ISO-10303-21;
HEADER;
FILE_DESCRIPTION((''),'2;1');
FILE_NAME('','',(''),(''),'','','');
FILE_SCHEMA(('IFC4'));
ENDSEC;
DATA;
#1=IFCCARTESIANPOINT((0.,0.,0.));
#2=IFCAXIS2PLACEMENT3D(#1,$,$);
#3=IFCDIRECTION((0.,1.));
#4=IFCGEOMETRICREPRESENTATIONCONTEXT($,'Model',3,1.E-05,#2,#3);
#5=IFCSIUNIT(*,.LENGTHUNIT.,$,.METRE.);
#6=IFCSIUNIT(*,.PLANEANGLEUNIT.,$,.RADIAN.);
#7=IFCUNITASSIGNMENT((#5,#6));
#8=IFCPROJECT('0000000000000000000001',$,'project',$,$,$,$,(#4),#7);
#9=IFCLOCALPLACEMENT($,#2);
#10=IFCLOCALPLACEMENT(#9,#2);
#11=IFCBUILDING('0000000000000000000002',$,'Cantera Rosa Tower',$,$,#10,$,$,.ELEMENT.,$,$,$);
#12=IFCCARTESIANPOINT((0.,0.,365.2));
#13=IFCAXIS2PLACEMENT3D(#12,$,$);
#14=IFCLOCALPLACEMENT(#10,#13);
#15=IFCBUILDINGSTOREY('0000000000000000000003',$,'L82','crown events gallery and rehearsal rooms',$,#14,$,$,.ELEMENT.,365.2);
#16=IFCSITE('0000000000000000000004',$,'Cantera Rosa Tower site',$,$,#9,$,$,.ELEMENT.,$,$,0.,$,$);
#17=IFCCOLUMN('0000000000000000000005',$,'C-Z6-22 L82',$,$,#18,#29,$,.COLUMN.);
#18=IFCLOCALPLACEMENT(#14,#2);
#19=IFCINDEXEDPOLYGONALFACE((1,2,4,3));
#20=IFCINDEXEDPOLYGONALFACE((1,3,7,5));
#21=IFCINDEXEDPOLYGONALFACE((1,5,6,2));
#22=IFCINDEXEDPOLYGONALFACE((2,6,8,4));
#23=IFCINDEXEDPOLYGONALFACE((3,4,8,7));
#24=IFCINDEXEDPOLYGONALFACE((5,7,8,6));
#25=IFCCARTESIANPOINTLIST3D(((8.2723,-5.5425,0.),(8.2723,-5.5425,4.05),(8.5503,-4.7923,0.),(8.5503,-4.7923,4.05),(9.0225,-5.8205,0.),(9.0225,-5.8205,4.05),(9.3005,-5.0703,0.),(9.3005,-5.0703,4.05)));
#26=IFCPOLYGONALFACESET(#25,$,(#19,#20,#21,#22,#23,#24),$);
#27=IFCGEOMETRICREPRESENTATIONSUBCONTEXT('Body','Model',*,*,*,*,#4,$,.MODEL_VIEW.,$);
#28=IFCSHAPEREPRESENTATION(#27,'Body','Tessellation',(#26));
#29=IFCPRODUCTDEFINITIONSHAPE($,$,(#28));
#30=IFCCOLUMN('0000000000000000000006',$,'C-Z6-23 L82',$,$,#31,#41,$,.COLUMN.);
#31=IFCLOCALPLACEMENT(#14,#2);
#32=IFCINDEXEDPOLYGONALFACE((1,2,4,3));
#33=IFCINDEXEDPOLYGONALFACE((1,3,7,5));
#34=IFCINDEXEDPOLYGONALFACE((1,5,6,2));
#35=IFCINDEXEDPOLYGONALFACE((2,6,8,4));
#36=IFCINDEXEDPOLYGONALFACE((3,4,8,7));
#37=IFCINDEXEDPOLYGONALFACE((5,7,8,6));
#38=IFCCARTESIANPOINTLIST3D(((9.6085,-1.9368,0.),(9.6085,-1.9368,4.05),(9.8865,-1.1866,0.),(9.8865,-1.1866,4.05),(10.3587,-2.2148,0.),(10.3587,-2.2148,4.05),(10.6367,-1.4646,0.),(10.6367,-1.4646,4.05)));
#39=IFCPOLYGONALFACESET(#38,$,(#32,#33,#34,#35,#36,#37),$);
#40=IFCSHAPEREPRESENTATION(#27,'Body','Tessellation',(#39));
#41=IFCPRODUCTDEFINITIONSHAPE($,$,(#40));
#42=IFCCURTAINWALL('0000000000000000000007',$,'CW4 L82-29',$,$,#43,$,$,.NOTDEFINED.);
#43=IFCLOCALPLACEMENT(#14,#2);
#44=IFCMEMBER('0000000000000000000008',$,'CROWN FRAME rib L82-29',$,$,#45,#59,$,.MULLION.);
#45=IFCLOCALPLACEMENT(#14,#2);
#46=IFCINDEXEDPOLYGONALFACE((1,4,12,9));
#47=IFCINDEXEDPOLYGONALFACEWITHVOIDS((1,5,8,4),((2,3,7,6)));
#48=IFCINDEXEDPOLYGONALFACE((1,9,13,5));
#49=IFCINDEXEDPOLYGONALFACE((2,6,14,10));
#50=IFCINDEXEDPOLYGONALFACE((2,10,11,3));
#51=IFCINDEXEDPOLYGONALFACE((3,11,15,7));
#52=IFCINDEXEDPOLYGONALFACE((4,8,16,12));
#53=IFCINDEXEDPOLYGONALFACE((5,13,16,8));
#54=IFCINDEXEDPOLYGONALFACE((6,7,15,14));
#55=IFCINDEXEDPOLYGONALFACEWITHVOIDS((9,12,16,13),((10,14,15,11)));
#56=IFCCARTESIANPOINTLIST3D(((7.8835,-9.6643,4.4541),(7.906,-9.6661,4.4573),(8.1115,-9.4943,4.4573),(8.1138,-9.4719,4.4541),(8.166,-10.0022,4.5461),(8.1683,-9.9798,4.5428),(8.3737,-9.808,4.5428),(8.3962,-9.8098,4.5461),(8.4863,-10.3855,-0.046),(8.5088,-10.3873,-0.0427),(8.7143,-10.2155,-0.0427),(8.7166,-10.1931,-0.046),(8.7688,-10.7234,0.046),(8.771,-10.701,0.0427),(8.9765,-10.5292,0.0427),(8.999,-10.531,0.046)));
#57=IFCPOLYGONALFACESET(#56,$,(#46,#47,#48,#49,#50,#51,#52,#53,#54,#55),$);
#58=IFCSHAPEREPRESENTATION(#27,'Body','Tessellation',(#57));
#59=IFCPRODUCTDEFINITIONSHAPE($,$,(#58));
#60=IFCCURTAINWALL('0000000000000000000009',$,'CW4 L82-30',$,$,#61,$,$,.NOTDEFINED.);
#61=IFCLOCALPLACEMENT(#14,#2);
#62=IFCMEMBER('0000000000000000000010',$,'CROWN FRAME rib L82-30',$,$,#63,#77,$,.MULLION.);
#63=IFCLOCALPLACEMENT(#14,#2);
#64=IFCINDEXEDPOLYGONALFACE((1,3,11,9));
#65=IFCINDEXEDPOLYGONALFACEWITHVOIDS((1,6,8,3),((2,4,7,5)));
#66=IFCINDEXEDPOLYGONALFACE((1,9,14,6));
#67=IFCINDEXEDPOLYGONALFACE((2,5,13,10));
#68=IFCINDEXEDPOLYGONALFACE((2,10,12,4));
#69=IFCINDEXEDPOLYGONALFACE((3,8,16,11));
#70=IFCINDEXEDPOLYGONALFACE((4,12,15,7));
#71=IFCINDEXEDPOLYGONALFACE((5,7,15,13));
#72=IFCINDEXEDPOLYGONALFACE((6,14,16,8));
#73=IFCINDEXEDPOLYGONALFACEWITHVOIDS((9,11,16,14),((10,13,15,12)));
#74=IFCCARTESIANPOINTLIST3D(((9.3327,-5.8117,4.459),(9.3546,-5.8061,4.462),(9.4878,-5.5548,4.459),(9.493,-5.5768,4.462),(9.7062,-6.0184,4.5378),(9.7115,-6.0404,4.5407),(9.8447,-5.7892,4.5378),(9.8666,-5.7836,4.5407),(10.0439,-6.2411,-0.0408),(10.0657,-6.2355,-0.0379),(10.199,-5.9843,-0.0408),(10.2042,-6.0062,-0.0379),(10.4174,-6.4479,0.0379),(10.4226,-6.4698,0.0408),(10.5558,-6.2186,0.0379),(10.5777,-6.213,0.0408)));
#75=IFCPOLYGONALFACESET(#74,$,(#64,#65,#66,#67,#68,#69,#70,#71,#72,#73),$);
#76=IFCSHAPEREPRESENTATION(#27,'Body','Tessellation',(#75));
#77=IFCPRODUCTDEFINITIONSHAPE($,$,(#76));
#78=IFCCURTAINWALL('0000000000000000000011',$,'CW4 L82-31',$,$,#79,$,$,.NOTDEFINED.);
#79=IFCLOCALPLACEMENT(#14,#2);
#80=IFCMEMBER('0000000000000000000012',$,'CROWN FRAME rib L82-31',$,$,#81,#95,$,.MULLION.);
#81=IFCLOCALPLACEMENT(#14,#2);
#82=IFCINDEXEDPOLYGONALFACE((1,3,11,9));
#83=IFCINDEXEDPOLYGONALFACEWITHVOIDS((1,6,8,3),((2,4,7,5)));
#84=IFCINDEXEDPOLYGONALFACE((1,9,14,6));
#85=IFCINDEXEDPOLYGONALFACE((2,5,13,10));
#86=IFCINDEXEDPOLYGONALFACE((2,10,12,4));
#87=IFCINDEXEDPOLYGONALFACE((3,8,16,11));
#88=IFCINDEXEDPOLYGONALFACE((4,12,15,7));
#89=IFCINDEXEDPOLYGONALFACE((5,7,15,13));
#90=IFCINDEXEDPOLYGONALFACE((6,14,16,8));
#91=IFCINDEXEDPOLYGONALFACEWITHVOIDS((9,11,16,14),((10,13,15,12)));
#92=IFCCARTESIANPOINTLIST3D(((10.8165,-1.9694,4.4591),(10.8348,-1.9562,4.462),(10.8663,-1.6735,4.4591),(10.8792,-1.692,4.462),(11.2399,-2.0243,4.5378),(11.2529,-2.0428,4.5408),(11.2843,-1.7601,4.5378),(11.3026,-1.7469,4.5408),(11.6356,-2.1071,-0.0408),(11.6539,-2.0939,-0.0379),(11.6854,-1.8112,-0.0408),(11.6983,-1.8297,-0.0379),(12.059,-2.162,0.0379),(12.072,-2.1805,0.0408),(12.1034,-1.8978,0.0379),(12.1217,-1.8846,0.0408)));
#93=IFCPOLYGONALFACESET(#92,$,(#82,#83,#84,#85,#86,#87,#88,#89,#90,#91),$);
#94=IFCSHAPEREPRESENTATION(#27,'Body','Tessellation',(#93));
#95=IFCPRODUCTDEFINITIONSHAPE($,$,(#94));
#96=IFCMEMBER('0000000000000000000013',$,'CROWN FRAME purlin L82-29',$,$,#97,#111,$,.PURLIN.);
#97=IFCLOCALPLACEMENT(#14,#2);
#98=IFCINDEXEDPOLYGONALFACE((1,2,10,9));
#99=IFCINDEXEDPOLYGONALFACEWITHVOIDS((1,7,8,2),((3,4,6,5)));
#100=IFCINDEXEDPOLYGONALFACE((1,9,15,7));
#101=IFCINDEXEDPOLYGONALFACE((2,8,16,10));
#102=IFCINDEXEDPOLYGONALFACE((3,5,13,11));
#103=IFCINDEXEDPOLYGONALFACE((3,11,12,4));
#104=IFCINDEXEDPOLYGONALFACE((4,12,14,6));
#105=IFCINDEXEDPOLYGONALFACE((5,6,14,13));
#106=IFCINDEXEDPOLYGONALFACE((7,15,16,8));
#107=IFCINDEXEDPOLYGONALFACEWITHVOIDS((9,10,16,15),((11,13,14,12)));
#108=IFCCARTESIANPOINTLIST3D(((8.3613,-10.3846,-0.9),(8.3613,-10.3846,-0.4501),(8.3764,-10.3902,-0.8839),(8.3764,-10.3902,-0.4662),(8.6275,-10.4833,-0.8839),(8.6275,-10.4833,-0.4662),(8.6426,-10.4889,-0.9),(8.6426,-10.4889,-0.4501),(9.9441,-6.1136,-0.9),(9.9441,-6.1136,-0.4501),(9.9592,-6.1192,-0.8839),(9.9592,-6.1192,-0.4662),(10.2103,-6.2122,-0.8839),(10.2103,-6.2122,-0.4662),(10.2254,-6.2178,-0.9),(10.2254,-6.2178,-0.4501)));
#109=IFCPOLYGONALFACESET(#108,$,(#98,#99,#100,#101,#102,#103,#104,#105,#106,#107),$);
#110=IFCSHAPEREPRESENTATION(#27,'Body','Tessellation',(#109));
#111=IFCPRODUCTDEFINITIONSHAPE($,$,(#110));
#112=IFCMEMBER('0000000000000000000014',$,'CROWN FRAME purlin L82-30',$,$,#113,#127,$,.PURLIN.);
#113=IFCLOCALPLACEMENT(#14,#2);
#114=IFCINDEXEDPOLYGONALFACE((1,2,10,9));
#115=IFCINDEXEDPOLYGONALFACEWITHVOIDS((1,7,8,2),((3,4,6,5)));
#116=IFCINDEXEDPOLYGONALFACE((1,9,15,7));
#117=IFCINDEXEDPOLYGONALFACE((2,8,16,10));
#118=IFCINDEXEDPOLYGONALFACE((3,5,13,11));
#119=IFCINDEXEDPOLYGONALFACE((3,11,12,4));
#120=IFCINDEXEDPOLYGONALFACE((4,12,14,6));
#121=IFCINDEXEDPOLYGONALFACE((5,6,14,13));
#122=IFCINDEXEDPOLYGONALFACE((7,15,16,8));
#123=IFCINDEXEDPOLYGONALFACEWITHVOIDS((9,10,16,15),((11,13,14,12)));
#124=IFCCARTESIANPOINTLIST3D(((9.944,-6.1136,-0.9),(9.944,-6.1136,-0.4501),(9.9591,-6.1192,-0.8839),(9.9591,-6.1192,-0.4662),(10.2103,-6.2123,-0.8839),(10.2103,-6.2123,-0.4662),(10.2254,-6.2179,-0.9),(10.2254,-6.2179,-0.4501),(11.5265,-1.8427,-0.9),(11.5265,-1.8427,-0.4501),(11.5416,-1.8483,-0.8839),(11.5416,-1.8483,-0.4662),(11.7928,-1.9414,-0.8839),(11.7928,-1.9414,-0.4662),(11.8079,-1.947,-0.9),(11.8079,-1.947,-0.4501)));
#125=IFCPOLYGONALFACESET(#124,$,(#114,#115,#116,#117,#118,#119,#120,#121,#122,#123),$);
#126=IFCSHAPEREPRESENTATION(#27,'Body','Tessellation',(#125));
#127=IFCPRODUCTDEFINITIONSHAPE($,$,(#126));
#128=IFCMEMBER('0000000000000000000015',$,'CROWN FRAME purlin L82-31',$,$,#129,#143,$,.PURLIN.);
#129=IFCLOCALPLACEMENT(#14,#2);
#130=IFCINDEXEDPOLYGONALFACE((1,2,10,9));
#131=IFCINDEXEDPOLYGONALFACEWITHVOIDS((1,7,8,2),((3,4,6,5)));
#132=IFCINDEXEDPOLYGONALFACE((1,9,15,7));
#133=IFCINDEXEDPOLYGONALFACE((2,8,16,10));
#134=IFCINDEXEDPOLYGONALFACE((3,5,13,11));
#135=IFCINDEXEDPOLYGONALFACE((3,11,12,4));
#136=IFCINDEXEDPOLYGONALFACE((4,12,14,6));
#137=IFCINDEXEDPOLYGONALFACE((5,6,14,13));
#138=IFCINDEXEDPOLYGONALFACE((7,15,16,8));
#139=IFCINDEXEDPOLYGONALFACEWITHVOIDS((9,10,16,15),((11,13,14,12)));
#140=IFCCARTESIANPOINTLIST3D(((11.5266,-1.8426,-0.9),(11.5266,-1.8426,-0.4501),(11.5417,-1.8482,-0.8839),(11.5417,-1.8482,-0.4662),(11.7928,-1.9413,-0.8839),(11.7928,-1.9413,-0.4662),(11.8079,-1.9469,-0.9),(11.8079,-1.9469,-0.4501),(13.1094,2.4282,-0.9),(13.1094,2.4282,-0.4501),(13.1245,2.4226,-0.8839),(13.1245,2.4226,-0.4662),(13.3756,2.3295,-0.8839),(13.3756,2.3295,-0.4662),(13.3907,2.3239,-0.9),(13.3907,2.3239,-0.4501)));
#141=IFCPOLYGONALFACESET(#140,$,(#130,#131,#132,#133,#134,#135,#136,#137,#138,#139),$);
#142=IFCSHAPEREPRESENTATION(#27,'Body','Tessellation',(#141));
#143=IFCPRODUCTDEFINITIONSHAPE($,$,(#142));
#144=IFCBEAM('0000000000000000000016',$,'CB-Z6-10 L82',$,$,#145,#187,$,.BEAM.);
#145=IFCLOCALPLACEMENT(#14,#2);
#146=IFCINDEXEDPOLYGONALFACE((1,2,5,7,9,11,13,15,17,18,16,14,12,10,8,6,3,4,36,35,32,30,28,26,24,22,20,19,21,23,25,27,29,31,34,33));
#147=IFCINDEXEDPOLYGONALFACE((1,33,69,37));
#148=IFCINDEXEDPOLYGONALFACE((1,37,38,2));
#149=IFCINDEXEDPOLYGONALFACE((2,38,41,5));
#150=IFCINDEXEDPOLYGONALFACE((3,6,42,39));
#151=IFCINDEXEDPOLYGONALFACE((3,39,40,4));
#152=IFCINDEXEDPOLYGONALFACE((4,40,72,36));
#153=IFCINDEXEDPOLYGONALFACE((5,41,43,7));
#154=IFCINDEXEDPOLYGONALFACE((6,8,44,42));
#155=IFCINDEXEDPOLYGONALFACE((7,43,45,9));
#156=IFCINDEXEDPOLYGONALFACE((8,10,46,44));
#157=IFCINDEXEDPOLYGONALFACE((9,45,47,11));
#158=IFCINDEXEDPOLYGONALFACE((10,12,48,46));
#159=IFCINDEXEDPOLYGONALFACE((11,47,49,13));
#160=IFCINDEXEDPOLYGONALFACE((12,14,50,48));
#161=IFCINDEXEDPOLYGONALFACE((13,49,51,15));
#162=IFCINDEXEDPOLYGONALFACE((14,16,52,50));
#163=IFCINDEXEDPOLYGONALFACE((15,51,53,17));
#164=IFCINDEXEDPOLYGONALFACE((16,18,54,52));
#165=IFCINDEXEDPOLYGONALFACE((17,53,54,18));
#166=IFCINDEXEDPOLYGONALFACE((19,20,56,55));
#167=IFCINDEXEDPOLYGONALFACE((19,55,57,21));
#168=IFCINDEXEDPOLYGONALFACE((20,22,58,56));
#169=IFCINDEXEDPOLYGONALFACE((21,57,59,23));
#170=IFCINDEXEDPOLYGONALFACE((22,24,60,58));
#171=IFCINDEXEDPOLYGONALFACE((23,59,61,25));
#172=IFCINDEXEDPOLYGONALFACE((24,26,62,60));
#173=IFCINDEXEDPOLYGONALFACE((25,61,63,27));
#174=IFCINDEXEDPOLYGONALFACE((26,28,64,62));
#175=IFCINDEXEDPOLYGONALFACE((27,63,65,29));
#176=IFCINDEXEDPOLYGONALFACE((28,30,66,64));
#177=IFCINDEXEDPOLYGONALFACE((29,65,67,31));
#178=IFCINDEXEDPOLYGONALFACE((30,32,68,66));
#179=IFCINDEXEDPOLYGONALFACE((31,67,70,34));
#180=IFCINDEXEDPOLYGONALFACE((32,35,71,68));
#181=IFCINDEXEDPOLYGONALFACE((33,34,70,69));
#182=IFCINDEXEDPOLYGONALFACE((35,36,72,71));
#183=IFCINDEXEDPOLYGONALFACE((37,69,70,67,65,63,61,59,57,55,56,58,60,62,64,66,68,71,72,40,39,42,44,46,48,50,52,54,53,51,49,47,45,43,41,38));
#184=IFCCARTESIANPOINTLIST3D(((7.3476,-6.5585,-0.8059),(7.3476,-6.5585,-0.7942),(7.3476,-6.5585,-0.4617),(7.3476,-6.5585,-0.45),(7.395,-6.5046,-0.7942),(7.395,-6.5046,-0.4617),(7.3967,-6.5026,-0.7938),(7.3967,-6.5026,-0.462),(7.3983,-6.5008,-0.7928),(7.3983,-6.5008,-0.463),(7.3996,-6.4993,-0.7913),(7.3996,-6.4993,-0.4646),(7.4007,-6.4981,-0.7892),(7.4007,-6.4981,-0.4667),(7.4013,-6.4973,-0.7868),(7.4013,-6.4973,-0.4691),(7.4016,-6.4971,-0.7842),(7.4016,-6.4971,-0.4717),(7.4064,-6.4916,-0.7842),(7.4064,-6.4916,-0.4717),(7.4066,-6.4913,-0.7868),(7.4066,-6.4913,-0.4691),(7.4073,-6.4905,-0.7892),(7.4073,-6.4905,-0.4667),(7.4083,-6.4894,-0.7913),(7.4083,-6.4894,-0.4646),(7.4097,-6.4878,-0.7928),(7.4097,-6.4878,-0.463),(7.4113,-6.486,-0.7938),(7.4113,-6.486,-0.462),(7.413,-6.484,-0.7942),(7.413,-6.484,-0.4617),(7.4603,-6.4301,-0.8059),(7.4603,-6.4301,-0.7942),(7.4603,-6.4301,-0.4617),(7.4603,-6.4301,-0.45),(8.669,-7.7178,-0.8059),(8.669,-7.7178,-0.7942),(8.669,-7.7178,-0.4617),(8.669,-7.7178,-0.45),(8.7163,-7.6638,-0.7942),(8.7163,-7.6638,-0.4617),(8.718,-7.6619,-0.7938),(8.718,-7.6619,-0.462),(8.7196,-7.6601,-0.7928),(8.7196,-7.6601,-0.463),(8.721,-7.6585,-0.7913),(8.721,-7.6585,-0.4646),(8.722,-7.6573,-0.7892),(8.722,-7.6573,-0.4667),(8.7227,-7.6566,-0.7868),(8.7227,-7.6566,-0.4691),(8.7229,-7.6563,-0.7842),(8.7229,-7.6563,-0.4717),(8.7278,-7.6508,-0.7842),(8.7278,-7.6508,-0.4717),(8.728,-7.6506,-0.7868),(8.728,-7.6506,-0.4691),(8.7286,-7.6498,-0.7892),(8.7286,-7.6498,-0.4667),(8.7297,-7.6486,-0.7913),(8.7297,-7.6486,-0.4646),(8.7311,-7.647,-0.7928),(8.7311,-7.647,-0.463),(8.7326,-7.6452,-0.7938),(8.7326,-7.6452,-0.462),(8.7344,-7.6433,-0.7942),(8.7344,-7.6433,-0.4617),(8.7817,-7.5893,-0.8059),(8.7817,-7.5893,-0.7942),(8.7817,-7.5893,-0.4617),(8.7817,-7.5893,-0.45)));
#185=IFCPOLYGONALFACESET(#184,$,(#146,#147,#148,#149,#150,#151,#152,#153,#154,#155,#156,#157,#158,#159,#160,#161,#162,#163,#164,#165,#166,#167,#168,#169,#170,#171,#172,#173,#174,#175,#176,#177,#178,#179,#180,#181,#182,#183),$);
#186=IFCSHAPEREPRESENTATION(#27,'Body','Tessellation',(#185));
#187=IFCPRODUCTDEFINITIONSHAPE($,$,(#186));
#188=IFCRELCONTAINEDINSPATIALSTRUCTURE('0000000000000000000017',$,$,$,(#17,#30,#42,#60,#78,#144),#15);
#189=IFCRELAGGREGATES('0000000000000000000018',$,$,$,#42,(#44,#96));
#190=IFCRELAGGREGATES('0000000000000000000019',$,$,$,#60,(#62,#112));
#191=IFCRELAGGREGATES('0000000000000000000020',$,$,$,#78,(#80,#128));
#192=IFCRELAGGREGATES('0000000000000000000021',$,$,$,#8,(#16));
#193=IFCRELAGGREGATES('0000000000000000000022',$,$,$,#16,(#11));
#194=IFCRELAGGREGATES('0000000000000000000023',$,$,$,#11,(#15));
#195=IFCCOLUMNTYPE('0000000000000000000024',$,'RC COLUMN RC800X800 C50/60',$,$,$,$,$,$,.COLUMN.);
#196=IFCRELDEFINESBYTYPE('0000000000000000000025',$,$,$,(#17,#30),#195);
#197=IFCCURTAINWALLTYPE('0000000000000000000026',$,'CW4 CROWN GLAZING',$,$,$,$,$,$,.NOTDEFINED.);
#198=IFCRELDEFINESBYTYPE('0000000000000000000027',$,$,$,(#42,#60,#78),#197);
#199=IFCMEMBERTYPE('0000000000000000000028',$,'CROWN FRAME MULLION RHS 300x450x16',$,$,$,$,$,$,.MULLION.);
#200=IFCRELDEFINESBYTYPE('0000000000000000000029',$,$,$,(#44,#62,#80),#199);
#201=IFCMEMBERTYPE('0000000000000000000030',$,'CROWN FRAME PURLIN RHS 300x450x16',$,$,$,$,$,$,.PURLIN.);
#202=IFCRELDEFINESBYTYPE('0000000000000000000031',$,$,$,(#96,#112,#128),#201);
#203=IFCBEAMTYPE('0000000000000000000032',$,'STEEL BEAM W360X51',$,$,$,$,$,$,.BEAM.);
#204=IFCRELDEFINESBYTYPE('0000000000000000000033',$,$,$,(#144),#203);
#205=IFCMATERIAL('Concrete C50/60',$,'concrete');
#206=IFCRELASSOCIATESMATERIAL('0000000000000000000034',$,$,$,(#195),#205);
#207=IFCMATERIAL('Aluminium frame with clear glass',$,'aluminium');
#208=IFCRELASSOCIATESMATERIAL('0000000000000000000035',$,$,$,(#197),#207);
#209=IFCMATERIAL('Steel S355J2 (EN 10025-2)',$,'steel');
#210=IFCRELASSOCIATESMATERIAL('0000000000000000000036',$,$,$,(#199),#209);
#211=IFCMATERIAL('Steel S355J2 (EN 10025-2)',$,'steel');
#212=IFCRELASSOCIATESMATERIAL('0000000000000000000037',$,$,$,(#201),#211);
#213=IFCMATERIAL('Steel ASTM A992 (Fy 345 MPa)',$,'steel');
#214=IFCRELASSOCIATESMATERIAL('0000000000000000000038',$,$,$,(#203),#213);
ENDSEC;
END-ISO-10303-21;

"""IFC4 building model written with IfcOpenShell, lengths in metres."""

from ifc_helpers import new_model, si_unit, direction, frame, origin, origin_2d, place, context, subcontext, project, spatial, rectangle, hollow_rectangle, i_section, extrude, material, material_profile, profile_set, type_object, element, aggregate, save


model = new_model("IFC4")

# Units and contexts
model_context = context("Model", 3, precision=1e-05, world=origin(), true_north=direction((0.0, 1.0)))
body_context = subcontext(model_context, "Body", "Model", "MODEL_VIEW")
ifc_project = project(units=[si_unit("LENGTHUNIT", "METRE"), si_unit("PLANEANGLEUNIT", "RADIAN")], contexts=[model_context])

# Site, building, storey
site_placement = place(None, origin())
site = spatial("IfcSite", under=ifc_project, at=site_placement, Name="Cantera Rosa Tower site", CompositionType="ELEMENT", RefElevation=0.0)
building_placement = place(site_placement, origin())
building = spatial("IfcBuilding", under=site, at=building_placement, Name="Cantera Rosa Tower", CompositionType="ELEMENT")
storey_placement = place(building_placement, frame((0.0, 0.0, 365.2)))
storey = spatial("IfcBuildingStorey", under=building, at=storey_placement, Name="L82", Description="crown events gallery and rehearsal rooms", CompositionType="ELEMENT", Elevation=365.2)

# Columns
ifc_material_1 = material(Name="Concrete C50/60", Category="concrete")
ifc_material_profile_1 = material_profile(ifc_material_1, rectangle(XDim=0.8, YDim=0.8, at=origin_2d()), Name="RC COLUMN RC800X800 C50/60")
ifc_profile_set_1 = profile_set([ifc_material_profile_1], Name="Concrete C50/60")
column_type = type_object("IfcColumnType", Name="RC COLUMN RC800X800 C50/60", PredefinedType="COLUMN", material=ifc_profile_set_1)
for number, where, z_axis, x_axis, name in (
    (1, (8.7864, -5.3064, 0.0), (0.0, 0.0, 1.0), (0.347481, 0.937687, 0.0), "C-Z6-22 L82"),
    (2, (10.1226, -1.7007, 0.0), (0.0, 0.0, 1.0), (0.347481, 0.937687, 0.0), "C-Z6-23 L82"),
):
    element("IfcColumn", number, at=place(storey_placement, frame(where, z_axis=z_axis, x_axis=x_axis)), inside=storey, type_object=column_type, Name=name, PredefinedType="COLUMN", context=body_context, shape_type="SweptSolid", body=[
        extrude(rectangle(XDim=0.8, YDim=0.8, at=origin_2d()), origin(), (0.0, 0.0, 1.0), 4.05),
    ])

# Curtain walls, members
ifc_material_2 = material(Name="Aluminium frame with clear glass", Category="aluminium")
curtain_wall_type = type_object("IfcCurtainWallType", Name="CW4 CROWN GLAZING", PredefinedType="NOTDEFINED", material=ifc_material_2)
curtain_wall_1_placement = place(storey_placement, origin())
curtain_wall_1 = element("IfcCurtainWall", 3, at=curtain_wall_1_placement, inside=storey, type_object=curtain_wall_type, Name="CW4 L82-29", PredefinedType="NOTDEFINED")
ifc_material_3 = material(Name="Steel S355J2 (EN 10025-2)", Category="steel")
ifc_material_profile_2 = material_profile(ifc_material_3, hollow_rectangle(XDim=0.3, YDim=0.45, WallThickness=0.0161, at=origin_2d()), Name="CROWN FRAME MULLION RHS 300x450x16")
ifc_profile_set_2 = profile_set([ifc_material_profile_2], Name="Steel S355J2 (EN 10025-2)")
member_type_1 = type_object("IfcMemberType", Name="CROWN FRAME MULLION RHS 300x450x16", PredefinedType="MULLION", material=ifc_profile_set_2)
member_1_placement = place(storey_placement, frame((8.7427, -10.4583, 0.0), z_axis=(-0.131122, 0.156879, 0.978875), x_axis=(-0.767284, -0.641308, 0.0)))
member_1 = element("IfcMember", 4, at=member_1_placement, type_object=member_type_1, Name="CROWN FRAME rib L82-29", PredefinedType="MULLION", context=body_context, shape_type="SweptSolid", body=[
    extrude(hollow_rectangle(XDim=0.3, YDim=0.45, WallThickness=0.0161, at=origin_2d()), origin(), (0.0, 0.0, 1.0), 4.5972),
])
curtain_wall_2_placement = place(storey_placement, origin())
curtain_wall_2 = element("IfcCurtainWall", 5, at=curtain_wall_2_placement, inside=storey, type_object=curtain_wall_type, Name="CW4 L82-30", PredefinedType="NOTDEFINED")
member_2_placement = place(storey_placement, frame((10.3108, -6.2271, 0.0), z_axis=(-0.155414, 0.093846, 0.983382), x_axis=(-0.516914, -0.856037, 0.0)))
member_2 = element("IfcMember", 6, at=member_2_placement, type_object=member_type_1, Name="CROWN FRAME rib L82-30", PredefinedType="MULLION", context=body_context, shape_type="SweptSolid", body=[
    extrude(hollow_rectangle(XDim=0.3, YDim=0.45, WallThickness=0.0161, at=origin_2d()), origin(), (0.0, 0.0, 1.0), 4.5759),
])
curtain_wall_3_placement = place(storey_placement, origin())
curtain_wall_3 = element("IfcCurtainWall", 7, at=curtain_wall_3_placement, inside=storey, type_object=curtain_wall_type, Name="CW4 L82-31", PredefinedType="NOTDEFINED")
member_3_placement = place(storey_placement, frame((11.8787, -1.9958, 0.0), z_axis=(-0.178997, 0.030091, 0.983389), x_axis=(-0.165781, -0.986163, 0.0)))
member_3 = element("IfcMember", 8, at=member_3_placement, type_object=member_type_1, Name="CROWN FRAME rib L82-31", PredefinedType="MULLION", context=body_context, shape_type="SweptSolid", body=[
    extrude(hollow_rectangle(XDim=0.3, YDim=0.45, WallThickness=0.0161, at=origin_2d()), origin(), (0.0, 0.0, 1.0), 4.5759),
])

# Members
ifc_material_4 = material(Name="Steel S355J2 (EN 10025-2)", Category="steel")
ifc_material_profile_3 = material_profile(ifc_material_4, hollow_rectangle(XDim=0.3, YDim=0.45, WallThickness=0.0161, at=origin_2d()), Name="CROWN FRAME PURLIN RHS 300x450x16")
ifc_profile_set_3 = profile_set([ifc_material_profile_3], Name="Steel S355J2 (EN 10025-2)")
member_type_2 = type_object("IfcMemberType", Name="CROWN FRAME PURLIN RHS 300x450x16", PredefinedType="PURLIN", material=ifc_profile_set_3)
member_4_placement = place(storey_placement, frame((8.502, -10.4368, -0.675), z_axis=(0.347491, 0.937683, 0.0), x_axis=(-0.937683, 0.347491, 0.0)))
member_4 = element("IfcMember", 9, at=member_4_placement, type_object=member_type_2, Name="CROWN FRAME purlin L82-29", PredefinedType="PURLIN", context=body_context, shape_type="SweptSolid", body=[
    extrude(hollow_rectangle(XDim=0.3, YDim=0.45, WallThickness=0.0161, at=origin_2d()), origin(), (0.0, 0.0, 1.0), 4.5549),
])
member_5_placement = place(storey_placement, frame((10.0847, -6.1658, -0.675), z_axis=(0.347444, 0.937701, 0.0), x_axis=(-0.937701, 0.347444, 0.0)))
member_5 = element("IfcMember", 10, at=member_5_placement, type_object=member_type_2, Name="CROWN FRAME purlin L82-30", PredefinedType="PURLIN", context=body_context, shape_type="SweptSolid", body=[
    extrude(hollow_rectangle(XDim=0.3, YDim=0.45, WallThickness=0.0161, at=origin_2d()), origin(), (0.0, 0.0, 1.0), 4.5547),
])
member_6_placement = place(storey_placement, frame((11.6672, -1.8948, -0.675), z_axis=(0.347508, 0.937677, 0.0), x_axis=(-0.937677, 0.347508, 0.0)))
member_6 = element("IfcMember", 11, at=member_6_placement, type_object=member_type_2, Name="CROWN FRAME purlin L82-31", PredefinedType="PURLIN", context=body_context, shape_type="SweptSolid", body=[
    extrude(hollow_rectangle(XDim=0.3, YDim=0.45, WallThickness=0.0161, at=origin_2d()), origin(), (0.0, 0.0, 1.0), 4.5547),
])

# Beam
ifc_material_5 = material(Name="Steel ASTM A992 (Fy 345 MPa)", Category="steel")
ifc_material_profile_4 = material_profile(ifc_material_5, i_section(OverallWidth=0.1709, OverallDepth=0.356, WebThickness=0.0073, FlangeThickness=0.0117, FilletRadius=0.01, at=origin_2d()), Name="W360X51")
ifc_profile_set_4 = profile_set([ifc_material_profile_4], Name="Steel ASTM A992 (Fy 345 MPa)")
beam_type_1 = type_object("IfcBeamType", Name="STEEL BEAM W360X51", PredefinedType="BEAM", material=ifc_profile_set_4)
beam_1_placement = place(storey_placement, frame((8.7253, -7.6536, -0.6279), z_axis=(-0.751716, 0.659487, 0.0), x_axis=(-0.659487, -0.751716, 0.0)))
element("IfcBeam", 12, at=beam_1_placement, inside=storey, type_object=beam_type_1, Name="CB-Z6-10 L82", PredefinedType="BEAM", context=body_context, shape_type="SweptSolid", body=[
    extrude(i_section(OverallWidth=0.1709, OverallDepth=0.356, WebThickness=0.0073, FlangeThickness=0.0117, FilletRadius=0.01, at=origin_2d()), origin(), (0.0, 0.0, 1.0), 1.7578),
])

aggregate(curtain_wall_1, [member_1, member_4])
aggregate(curtain_wall_2, [member_2, member_5])
aggregate(curtain_wall_3, [member_3, member_6])

save(model, "model.ifc")
